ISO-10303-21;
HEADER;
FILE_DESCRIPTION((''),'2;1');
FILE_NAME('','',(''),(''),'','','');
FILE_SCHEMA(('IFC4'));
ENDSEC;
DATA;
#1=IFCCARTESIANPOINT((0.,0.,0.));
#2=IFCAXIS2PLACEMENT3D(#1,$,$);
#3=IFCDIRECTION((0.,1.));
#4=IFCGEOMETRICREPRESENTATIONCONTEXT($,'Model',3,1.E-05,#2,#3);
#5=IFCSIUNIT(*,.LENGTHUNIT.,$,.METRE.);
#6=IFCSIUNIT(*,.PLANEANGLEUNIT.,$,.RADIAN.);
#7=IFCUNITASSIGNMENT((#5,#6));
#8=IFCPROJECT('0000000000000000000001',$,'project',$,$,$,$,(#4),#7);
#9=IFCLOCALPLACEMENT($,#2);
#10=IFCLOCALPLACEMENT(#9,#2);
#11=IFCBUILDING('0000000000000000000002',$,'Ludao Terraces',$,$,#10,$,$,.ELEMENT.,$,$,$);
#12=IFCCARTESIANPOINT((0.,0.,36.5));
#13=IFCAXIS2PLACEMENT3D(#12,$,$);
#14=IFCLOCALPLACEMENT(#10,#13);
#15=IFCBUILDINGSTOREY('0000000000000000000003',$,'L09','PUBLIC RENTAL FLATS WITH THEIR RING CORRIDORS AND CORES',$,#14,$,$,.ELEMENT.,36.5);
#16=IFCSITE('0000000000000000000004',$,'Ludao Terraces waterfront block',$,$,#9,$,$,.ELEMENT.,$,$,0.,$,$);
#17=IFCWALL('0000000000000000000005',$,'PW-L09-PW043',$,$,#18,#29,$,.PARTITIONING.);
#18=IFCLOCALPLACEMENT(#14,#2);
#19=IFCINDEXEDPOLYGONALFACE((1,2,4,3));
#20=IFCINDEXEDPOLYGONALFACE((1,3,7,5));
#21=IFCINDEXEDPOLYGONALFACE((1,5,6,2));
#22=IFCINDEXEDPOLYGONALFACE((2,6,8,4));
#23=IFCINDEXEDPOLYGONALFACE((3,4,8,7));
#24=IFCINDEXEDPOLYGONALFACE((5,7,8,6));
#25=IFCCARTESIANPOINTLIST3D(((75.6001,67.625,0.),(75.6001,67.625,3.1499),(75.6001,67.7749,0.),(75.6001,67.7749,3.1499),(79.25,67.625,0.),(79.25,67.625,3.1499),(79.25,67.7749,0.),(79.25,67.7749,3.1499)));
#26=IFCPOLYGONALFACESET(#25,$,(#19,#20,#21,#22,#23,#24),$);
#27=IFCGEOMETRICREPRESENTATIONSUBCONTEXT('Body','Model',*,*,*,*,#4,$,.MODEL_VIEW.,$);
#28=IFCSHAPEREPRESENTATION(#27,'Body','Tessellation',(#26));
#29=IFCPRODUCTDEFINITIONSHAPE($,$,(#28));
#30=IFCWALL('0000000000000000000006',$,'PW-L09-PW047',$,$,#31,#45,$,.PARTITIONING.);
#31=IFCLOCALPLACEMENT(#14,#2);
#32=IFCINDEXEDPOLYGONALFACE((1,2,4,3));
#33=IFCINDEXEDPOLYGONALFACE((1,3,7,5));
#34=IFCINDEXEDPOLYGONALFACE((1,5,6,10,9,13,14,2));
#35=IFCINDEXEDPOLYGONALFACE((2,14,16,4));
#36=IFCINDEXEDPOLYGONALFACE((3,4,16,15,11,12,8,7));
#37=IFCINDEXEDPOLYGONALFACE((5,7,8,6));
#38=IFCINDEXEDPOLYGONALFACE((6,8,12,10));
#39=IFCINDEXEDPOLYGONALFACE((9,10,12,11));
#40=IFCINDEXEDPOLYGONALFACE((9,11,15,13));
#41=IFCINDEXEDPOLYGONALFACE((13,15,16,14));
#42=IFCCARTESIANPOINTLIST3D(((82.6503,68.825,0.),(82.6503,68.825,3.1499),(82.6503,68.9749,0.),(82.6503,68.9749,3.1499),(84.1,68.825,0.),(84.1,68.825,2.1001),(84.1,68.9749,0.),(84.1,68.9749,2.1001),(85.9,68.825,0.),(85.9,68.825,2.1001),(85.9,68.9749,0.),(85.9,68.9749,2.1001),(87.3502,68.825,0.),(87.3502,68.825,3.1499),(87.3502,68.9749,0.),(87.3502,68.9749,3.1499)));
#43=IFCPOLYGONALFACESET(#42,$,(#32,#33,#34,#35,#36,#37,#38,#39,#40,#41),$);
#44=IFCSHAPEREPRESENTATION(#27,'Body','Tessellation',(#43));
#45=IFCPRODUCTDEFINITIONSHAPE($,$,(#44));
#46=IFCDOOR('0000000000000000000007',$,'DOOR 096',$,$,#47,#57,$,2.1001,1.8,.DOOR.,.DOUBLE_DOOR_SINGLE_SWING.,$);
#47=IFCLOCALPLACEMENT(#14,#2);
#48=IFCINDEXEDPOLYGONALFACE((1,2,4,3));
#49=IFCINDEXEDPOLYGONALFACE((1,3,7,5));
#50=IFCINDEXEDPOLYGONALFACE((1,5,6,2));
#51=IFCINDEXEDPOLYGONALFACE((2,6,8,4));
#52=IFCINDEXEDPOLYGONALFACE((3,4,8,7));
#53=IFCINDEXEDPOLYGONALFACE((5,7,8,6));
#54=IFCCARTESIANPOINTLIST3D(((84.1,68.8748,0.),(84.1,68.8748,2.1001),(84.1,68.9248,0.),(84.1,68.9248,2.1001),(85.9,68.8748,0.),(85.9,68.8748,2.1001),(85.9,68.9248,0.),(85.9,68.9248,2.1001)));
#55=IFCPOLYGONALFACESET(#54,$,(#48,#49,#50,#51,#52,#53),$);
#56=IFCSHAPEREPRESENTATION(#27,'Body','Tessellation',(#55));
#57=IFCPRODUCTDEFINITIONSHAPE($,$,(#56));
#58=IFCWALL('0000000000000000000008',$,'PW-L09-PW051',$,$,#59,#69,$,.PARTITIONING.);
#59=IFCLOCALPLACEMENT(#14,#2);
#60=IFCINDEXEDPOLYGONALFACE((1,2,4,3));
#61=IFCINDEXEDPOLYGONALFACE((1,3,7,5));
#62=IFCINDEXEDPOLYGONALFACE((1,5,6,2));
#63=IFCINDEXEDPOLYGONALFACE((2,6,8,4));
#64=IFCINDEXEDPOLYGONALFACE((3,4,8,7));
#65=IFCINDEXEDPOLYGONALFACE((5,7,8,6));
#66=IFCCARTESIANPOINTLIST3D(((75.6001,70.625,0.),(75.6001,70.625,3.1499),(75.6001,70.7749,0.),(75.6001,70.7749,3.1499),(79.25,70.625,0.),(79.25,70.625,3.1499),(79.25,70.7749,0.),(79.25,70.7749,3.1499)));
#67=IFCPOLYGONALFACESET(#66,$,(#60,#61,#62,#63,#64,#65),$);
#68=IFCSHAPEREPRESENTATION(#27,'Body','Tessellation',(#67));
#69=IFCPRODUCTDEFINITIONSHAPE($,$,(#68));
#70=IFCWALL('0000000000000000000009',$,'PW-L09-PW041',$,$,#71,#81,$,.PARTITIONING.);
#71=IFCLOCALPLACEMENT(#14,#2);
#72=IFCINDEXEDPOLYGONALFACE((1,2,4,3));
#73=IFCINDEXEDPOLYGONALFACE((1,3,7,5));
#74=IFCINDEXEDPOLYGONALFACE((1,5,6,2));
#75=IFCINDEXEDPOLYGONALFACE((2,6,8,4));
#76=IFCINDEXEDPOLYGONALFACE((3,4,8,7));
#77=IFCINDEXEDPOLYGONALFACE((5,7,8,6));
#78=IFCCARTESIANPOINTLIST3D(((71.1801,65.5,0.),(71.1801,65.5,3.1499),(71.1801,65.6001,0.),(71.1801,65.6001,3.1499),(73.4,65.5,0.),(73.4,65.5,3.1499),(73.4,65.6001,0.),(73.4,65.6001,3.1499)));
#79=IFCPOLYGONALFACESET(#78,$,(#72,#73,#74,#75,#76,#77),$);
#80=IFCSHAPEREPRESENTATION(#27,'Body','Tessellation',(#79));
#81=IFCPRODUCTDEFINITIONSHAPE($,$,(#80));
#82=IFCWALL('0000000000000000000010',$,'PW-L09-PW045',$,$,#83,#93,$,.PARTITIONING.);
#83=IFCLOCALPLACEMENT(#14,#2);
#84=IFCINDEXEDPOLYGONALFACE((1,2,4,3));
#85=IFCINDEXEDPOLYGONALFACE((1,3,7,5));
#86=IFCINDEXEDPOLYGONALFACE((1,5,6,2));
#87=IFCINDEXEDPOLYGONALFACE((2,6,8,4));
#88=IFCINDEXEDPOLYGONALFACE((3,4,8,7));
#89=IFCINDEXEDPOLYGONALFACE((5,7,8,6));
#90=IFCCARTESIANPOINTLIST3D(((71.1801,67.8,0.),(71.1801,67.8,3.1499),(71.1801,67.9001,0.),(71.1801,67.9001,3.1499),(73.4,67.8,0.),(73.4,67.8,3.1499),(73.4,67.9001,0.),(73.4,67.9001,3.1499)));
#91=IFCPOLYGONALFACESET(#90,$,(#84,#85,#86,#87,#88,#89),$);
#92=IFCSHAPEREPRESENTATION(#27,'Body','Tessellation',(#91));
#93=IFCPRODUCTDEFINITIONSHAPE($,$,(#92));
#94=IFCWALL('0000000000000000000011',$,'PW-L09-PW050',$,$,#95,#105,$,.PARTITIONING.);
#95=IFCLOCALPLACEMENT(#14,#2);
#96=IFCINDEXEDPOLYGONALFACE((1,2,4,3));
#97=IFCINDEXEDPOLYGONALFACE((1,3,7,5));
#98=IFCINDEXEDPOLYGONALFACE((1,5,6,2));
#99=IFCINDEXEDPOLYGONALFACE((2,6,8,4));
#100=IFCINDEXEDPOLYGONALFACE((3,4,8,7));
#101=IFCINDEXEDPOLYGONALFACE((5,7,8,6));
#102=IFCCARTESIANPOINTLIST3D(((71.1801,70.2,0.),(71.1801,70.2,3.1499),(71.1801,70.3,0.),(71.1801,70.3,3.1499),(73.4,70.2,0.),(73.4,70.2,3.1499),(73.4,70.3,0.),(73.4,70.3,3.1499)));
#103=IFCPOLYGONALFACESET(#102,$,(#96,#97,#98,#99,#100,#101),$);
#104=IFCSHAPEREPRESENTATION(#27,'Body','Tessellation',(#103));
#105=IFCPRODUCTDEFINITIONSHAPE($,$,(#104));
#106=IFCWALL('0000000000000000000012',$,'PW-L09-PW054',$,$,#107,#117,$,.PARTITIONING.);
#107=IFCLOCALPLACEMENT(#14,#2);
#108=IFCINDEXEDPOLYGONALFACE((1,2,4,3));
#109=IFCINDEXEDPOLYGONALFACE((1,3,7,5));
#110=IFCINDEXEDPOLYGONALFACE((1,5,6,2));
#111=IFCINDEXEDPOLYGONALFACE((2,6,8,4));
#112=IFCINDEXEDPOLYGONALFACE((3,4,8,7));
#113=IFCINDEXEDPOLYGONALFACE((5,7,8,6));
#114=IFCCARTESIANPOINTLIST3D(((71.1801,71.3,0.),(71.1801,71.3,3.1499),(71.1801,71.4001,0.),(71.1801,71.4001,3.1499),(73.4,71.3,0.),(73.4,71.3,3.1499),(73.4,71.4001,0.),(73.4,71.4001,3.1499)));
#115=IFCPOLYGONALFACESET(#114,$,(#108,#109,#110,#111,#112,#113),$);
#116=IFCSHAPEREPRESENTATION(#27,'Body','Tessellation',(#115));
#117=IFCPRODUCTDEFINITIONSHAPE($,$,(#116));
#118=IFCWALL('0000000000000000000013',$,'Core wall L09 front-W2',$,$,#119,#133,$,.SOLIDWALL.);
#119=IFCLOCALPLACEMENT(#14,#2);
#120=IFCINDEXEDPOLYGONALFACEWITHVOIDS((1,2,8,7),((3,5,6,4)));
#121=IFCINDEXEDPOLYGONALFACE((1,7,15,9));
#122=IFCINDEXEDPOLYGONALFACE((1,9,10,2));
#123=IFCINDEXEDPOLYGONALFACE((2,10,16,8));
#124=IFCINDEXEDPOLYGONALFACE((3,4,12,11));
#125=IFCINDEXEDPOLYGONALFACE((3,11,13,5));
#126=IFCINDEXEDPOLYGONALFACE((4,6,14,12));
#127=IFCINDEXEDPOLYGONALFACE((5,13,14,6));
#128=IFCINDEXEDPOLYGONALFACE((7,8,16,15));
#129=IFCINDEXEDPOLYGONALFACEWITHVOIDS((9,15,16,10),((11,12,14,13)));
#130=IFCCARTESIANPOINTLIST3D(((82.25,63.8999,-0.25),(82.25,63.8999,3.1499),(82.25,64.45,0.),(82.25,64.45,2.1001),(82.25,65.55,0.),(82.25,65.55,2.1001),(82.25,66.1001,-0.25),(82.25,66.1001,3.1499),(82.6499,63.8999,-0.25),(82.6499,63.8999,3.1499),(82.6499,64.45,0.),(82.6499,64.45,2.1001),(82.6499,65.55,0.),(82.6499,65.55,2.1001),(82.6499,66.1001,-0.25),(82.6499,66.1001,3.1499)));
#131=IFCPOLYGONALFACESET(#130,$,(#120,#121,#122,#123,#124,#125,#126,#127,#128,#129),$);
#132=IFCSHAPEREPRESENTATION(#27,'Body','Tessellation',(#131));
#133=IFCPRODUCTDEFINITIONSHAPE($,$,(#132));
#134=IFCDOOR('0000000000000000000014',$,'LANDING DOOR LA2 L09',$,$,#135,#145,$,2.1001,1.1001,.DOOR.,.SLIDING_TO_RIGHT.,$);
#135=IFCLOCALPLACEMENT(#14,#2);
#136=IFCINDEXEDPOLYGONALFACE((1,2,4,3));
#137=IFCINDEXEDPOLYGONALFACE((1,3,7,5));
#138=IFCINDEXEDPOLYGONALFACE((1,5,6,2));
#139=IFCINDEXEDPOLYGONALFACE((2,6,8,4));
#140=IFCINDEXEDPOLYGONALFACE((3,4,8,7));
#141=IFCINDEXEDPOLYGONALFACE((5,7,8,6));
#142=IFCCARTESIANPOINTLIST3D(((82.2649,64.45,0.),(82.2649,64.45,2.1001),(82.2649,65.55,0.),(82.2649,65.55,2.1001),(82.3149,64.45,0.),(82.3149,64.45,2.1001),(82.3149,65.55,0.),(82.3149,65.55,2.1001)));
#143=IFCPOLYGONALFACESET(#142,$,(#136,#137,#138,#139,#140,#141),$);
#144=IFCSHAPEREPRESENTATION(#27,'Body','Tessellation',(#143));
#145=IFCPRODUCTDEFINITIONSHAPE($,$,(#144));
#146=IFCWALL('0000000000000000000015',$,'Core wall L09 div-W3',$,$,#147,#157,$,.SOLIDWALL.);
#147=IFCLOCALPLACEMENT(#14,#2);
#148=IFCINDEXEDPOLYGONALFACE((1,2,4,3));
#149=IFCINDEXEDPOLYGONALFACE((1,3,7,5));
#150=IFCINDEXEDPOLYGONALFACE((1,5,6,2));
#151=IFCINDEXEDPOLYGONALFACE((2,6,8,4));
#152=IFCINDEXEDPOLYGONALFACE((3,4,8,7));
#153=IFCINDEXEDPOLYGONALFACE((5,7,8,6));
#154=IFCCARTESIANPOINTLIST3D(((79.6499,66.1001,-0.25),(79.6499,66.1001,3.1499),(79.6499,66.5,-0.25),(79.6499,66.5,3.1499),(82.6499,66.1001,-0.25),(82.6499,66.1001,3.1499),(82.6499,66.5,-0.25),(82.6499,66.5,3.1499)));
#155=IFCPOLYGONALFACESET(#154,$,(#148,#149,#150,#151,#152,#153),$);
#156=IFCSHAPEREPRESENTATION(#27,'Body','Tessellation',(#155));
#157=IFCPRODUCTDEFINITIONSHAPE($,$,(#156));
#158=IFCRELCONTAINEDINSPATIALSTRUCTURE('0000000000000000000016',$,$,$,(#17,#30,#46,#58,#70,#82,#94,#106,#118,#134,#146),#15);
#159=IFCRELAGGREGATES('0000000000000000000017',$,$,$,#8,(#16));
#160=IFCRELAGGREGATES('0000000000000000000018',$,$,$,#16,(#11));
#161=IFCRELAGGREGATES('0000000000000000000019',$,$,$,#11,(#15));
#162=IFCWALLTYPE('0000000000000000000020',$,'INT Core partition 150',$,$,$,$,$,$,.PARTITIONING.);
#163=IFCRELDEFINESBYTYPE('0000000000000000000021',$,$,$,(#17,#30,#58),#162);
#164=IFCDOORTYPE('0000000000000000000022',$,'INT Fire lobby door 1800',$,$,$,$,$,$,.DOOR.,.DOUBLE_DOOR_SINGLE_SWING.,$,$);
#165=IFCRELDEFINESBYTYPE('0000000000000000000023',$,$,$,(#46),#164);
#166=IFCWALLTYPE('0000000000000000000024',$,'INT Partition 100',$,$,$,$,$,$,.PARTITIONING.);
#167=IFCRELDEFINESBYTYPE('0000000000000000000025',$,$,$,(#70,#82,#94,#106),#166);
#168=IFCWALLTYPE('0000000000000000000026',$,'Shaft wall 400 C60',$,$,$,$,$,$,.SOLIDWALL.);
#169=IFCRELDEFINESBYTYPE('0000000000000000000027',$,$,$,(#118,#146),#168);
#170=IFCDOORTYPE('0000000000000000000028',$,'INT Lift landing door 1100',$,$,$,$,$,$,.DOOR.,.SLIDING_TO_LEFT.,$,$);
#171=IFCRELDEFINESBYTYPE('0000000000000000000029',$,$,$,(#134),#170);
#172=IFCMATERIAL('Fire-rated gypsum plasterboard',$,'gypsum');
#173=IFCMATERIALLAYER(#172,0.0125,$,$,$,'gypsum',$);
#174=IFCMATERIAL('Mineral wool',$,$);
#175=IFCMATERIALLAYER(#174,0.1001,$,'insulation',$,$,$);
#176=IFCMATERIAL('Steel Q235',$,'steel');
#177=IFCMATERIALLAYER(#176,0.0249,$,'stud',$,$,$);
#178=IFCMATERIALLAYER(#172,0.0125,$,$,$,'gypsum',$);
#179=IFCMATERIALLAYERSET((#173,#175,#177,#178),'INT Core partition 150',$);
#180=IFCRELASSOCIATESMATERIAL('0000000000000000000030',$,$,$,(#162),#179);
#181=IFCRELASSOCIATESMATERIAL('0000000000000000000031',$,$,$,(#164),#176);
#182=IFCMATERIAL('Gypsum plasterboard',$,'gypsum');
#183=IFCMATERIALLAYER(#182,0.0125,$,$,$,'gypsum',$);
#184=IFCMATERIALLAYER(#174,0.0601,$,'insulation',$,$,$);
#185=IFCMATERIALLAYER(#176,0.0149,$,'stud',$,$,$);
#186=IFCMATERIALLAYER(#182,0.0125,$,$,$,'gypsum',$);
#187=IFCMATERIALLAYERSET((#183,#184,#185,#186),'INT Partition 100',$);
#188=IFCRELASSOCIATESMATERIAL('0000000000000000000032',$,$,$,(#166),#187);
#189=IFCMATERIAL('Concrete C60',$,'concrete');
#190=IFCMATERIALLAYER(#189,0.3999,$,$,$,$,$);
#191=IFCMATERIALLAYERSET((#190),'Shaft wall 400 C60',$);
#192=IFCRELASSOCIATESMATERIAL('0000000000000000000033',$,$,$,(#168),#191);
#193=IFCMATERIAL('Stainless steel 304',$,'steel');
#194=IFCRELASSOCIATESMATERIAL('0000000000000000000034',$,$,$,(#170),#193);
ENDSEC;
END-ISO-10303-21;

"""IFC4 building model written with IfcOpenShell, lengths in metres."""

from ifc_helpers import new_model, si_unit, direction, frame, frame_2d, origin, place, context, subcontext, project, spatial, rectangle, extrude, material, layer, layer_set, type_object, element, fill, save


model = new_model("IFC4")

# Units and contexts
model_context = context("Model", 3, precision=1e-05, world=origin(), true_north=direction((0.0, 1.0)))
body_context = subcontext(model_context, "Body", "Model", "MODEL_VIEW")
ifc_project = project(units=[si_unit("LENGTHUNIT", "METRE"), si_unit("PLANEANGLEUNIT", "RADIAN")], contexts=[model_context])

# Site, building, storey
site_placement = place(None, origin())
site = spatial("IfcSite", under=ifc_project, at=site_placement, Name="Ludao Terraces waterfront block", CompositionType="ELEMENT", RefElevation=0.0)
building_placement = place(site_placement, origin())
building = spatial("IfcBuilding", under=site, at=building_placement, Name="Ludao Terraces", CompositionType="ELEMENT")
storey_placement = place(building_placement, frame((0.0, 0.0, 36.5)))
storey = spatial("IfcBuildingStorey", under=building, at=storey_placement, Name="L09", Description="PUBLIC RENTAL FLATS WITH THEIR RING CORRIDORS AND CORES", CompositionType="ELEMENT", Elevation=36.5)

# Wall
ifc_material_1 = material(Name="Fire-rated gypsum plasterboard", Category="gypsum")
ifc_layer_1 = layer(ifc_material_1, 0.0125, Category="gypsum")
ifc_material_2 = material(Name="Mineral wool")
ifc_layer_2 = layer(ifc_material_2, 0.1001, Name="insulation")
ifc_material_3 = material(Name="Steel Q235", Category="steel")
ifc_layer_3 = layer(ifc_material_3, 0.0249, Name="stud")
ifc_layer_4 = layer(ifc_material_1, 0.0125, Category="gypsum")
ifc_layer_set_1 = layer_set([ifc_layer_1, ifc_layer_2, ifc_layer_3, ifc_layer_4], Name="INT Core partition 150")
wall_type_1 = type_object("IfcWallType", Name="INT Core partition 150", PredefinedType="PARTITIONING", material=ifc_layer_set_1)
wall_1_placement = place(storey_placement, frame((75.6001, 67.7, 0.0), z_axis=(0.0, 0.0, 1.0), x_axis=(1.0, 0.0, 0.0)))
element("IfcWall", 1, at=wall_1_placement, inside=storey, type_object=wall_type_1, Name="PW-L09-PW043", PredefinedType="PARTITIONING", context=body_context, shape_type="SweptSolid", body=[
    extrude(rectangle(XDim=3.6499, YDim=0.1499, at=frame_2d((1.825, 0.0))), origin(), (0.0, 0.0, 1.0), 3.1499),
])

# Wall, opening, door
wall_2_placement = place(storey_placement, frame((82.6501, 68.8999, 0.0), z_axis=(0.0, 0.0, 1.0), x_axis=(1.0, 0.0, 0.0)))
wall_2 = element("IfcWall", 2, at=wall_2_placement, inside=storey, type_object=wall_type_1, Name="PW-L09-PW047", PredefinedType="PARTITIONING", context=body_context, shape_type="SweptSolid", body=[
    extrude(rectangle(XDim=4.7, YDim=0.1499, at=frame_2d((2.3501, 0.0))), origin(), (0.0, 0.0, 1.0), 3.1499),
])
opening_1_placement = place(wall_2_placement, frame((1.45, 0.0, 0.0)))
opening_1 = element("IfcOpeningElement", 3, at=opening_1_placement, cuts=wall_2, PredefinedType="OPENING", context=body_context, shape_type="SweptSolid", body=[
    extrude(rectangle(XDim=1.8, YDim=2.1001, at=frame_2d((0.8999, 1.05))), frame((0.0, 0.085, 0.0), z_axis=(0.0, -1.0, 0.0), x_axis=(1.0, 0.0, 0.0)), (0.0, 0.0, 1.0), 0.1699),
])
door_type_1 = type_object("IfcDoorType", Name="INT Fire lobby door 1800", OperationType="DOUBLE_DOOR_SINGLE_SWING", PredefinedType="DOOR", material=ifc_material_3)
door_1_placement = place(opening_1_placement, origin())
door_1 = element("IfcDoor", 4, at=door_1_placement, inside=storey, type_object=door_type_1, Name="DOOR 096", OperationType="DOUBLE_DOOR_SINGLE_SWING", OverallHeight=2.1001, OverallWidth=1.8, PredefinedType="DOOR", context=body_context, shape_type="SweptSolid", body=[
    extrude(rectangle(XDim=1.8, YDim=2.1001, at=frame_2d((0.8999, 1.05))), frame((0.0, 0.0249, 0.0), z_axis=(0.0, -1.0, 0.0), x_axis=(1.0, 0.0, 0.0)), (0.0, 0.0, 1.0), 0.05),
])
fill(opening_1, door_1)

# Walls
wall_3_placement = place(storey_placement, frame((75.6001, 70.7, 0.0), z_axis=(0.0, 0.0, 1.0), x_axis=(1.0, 0.0, 0.0)))
element("IfcWall", 5, at=wall_3_placement, inside=storey, type_object=wall_type_1, Name="PW-L09-PW051", PredefinedType="PARTITIONING", context=body_context, shape_type="SweptSolid", body=[
    extrude(rectangle(XDim=3.6499, YDim=0.1499, at=frame_2d((1.825, 0.0))), origin(), (0.0, 0.0, 1.0), 3.1499),
])
ifc_material_4 = material(Name="Gypsum plasterboard", Category="gypsum")
ifc_layer_5 = layer(ifc_material_4, 0.0125, Category="gypsum")
ifc_layer_6 = layer(ifc_material_2, 0.0601, Name="insulation")
ifc_layer_7 = layer(ifc_material_3, 0.0149, Name="stud")
ifc_layer_8 = layer(ifc_material_4, 0.0125, Category="gypsum")
ifc_layer_set_2 = layer_set([ifc_layer_5, ifc_layer_6, ifc_layer_7, ifc_layer_8], Name="INT Partition 100")
wall_type_2 = type_object("IfcWallType", Name="INT Partition 100", PredefinedType="PARTITIONING", material=ifc_layer_set_2)
for number, where, z_axis, x_axis, name in (
    (6, (71.1802, 65.55, 0.0), (0.0, 0.0, 1.0), (1.0, 0.0, 0.0), "PW-L09-PW041"),
    (7, (71.1802, 67.8501, 0.0), (0.0, 0.0, 1.0), (1.0, 0.0, 0.0), "PW-L09-PW045"),
    (8, (71.1802, 70.25, 0.0), (0.0, 0.0, 1.0), (1.0, 0.0, 0.0), "PW-L09-PW050"),
    (9, (71.1802, 71.3501, 0.0), (0.0, 0.0, 1.0), (1.0, 0.0, 0.0), "PW-L09-PW054"),
):
    element("IfcWall", number, at=place(storey_placement, frame(where, z_axis=z_axis, x_axis=x_axis)), inside=storey, type_object=wall_type_2, Name=name, PredefinedType="PARTITIONING", context=body_context, shape_type="SweptSolid", body=[
        extrude(rectangle(XDim=2.22, YDim=0.1001, at=frame_2d((1.1099, 0.0))), origin(), (0.0, 0.0, 1.0), 3.1499),
    ])

# Wall, opening, door
ifc_material_5 = material(Name="Concrete C60", Category="concrete")
ifc_layer_9 = layer(ifc_material_5, 0.3999)
ifc_layer_set_3 = layer_set([ifc_layer_9], Name="Shaft wall 400 C60")
wall_type_3 = type_object("IfcWallType", Name="Shaft wall 400 C60", PredefinedType="SOLIDWALL", material=ifc_layer_set_3)
wall_4_placement = place(storey_placement, frame((82.45, 63.8999, -0.25), z_axis=(0.0, 0.0, 1.0), x_axis=(0.0, 1.0, 0.0)))
wall_4 = element("IfcWall", 10, at=wall_4_placement, inside=storey, type_object=wall_type_3, Name="Core wall L09 front-W2", PredefinedType="SOLIDWALL", context=body_context, shape_type="SweptSolid", body=[
    extrude(rectangle(XDim=2.2002, YDim=0.3999, at=frame_2d((1.1001, 0.0))), origin(), (0.0, 0.0, 1.0), 3.3999),
])
opening_2_placement = place(wall_4_placement, frame((0.55, 0.0, 0.25)))
opening_2 = element("IfcOpeningElement", 11, at=opening_2_placement, cuts=wall_4, PredefinedType="OPENING", context=body_context, shape_type="SweptSolid", body=[
    extrude(rectangle(XDim=1.1001, YDim=2.1001, at=frame_2d((0.55, 1.05))), frame((0.0, 0.21, 0.0), z_axis=(0.0, -1.0, 0.0), x_axis=(1.0, 0.0, 0.0)), (0.0, 0.0, 1.0), 0.4199),
])
ifc_material_6 = material(Name="Stainless steel 304", Category="steel")
door_type_2 = type_object("IfcDoorType", Name="INT Lift landing door 1100", OperationType="SLIDING_TO_LEFT", PredefinedType="DOOR", material=ifc_material_6)
door_2_placement = place(opening_2_placement, origin())
door_2 = element("IfcDoor", 12, at=door_2_placement, inside=storey, type_object=door_type_2, Name="LANDING DOOR LA2 L09", OperationType="SLIDING_TO_RIGHT", OverallHeight=2.1001, OverallWidth=1.1001, PredefinedType="DOOR", context=body_context, shape_type="SweptSolid", body=[
    extrude(rectangle(XDim=1.1001, YDim=2.1001, at=frame_2d((0.55, 1.05))), frame((0.0, 0.1851, 0.0), z_axis=(0.0, -1.0, 0.0), x_axis=(1.0, 0.0, 0.0)), (0.0, 0.0, 1.0), 0.05),
])
fill(opening_2, door_2)

# Wall
wall_5_placement = place(storey_placement, frame((79.6499, 66.3, -0.25), z_axis=(0.0, 0.0, 1.0), x_axis=(1.0, 0.0, 0.0)))
element("IfcWall", 13, at=wall_5_placement, inside=storey, type_object=wall_type_3, Name="Core wall L09 div-W3", PredefinedType="SOLIDWALL", context=body_context, shape_type="SweptSolid", body=[
    extrude(rectangle(XDim=3.0, YDim=0.3999, at=frame_2d((1.5, 0.0))), origin(), (0.0, 0.0, 1.0), 3.3999),
])

save(model, "model.ifc")
